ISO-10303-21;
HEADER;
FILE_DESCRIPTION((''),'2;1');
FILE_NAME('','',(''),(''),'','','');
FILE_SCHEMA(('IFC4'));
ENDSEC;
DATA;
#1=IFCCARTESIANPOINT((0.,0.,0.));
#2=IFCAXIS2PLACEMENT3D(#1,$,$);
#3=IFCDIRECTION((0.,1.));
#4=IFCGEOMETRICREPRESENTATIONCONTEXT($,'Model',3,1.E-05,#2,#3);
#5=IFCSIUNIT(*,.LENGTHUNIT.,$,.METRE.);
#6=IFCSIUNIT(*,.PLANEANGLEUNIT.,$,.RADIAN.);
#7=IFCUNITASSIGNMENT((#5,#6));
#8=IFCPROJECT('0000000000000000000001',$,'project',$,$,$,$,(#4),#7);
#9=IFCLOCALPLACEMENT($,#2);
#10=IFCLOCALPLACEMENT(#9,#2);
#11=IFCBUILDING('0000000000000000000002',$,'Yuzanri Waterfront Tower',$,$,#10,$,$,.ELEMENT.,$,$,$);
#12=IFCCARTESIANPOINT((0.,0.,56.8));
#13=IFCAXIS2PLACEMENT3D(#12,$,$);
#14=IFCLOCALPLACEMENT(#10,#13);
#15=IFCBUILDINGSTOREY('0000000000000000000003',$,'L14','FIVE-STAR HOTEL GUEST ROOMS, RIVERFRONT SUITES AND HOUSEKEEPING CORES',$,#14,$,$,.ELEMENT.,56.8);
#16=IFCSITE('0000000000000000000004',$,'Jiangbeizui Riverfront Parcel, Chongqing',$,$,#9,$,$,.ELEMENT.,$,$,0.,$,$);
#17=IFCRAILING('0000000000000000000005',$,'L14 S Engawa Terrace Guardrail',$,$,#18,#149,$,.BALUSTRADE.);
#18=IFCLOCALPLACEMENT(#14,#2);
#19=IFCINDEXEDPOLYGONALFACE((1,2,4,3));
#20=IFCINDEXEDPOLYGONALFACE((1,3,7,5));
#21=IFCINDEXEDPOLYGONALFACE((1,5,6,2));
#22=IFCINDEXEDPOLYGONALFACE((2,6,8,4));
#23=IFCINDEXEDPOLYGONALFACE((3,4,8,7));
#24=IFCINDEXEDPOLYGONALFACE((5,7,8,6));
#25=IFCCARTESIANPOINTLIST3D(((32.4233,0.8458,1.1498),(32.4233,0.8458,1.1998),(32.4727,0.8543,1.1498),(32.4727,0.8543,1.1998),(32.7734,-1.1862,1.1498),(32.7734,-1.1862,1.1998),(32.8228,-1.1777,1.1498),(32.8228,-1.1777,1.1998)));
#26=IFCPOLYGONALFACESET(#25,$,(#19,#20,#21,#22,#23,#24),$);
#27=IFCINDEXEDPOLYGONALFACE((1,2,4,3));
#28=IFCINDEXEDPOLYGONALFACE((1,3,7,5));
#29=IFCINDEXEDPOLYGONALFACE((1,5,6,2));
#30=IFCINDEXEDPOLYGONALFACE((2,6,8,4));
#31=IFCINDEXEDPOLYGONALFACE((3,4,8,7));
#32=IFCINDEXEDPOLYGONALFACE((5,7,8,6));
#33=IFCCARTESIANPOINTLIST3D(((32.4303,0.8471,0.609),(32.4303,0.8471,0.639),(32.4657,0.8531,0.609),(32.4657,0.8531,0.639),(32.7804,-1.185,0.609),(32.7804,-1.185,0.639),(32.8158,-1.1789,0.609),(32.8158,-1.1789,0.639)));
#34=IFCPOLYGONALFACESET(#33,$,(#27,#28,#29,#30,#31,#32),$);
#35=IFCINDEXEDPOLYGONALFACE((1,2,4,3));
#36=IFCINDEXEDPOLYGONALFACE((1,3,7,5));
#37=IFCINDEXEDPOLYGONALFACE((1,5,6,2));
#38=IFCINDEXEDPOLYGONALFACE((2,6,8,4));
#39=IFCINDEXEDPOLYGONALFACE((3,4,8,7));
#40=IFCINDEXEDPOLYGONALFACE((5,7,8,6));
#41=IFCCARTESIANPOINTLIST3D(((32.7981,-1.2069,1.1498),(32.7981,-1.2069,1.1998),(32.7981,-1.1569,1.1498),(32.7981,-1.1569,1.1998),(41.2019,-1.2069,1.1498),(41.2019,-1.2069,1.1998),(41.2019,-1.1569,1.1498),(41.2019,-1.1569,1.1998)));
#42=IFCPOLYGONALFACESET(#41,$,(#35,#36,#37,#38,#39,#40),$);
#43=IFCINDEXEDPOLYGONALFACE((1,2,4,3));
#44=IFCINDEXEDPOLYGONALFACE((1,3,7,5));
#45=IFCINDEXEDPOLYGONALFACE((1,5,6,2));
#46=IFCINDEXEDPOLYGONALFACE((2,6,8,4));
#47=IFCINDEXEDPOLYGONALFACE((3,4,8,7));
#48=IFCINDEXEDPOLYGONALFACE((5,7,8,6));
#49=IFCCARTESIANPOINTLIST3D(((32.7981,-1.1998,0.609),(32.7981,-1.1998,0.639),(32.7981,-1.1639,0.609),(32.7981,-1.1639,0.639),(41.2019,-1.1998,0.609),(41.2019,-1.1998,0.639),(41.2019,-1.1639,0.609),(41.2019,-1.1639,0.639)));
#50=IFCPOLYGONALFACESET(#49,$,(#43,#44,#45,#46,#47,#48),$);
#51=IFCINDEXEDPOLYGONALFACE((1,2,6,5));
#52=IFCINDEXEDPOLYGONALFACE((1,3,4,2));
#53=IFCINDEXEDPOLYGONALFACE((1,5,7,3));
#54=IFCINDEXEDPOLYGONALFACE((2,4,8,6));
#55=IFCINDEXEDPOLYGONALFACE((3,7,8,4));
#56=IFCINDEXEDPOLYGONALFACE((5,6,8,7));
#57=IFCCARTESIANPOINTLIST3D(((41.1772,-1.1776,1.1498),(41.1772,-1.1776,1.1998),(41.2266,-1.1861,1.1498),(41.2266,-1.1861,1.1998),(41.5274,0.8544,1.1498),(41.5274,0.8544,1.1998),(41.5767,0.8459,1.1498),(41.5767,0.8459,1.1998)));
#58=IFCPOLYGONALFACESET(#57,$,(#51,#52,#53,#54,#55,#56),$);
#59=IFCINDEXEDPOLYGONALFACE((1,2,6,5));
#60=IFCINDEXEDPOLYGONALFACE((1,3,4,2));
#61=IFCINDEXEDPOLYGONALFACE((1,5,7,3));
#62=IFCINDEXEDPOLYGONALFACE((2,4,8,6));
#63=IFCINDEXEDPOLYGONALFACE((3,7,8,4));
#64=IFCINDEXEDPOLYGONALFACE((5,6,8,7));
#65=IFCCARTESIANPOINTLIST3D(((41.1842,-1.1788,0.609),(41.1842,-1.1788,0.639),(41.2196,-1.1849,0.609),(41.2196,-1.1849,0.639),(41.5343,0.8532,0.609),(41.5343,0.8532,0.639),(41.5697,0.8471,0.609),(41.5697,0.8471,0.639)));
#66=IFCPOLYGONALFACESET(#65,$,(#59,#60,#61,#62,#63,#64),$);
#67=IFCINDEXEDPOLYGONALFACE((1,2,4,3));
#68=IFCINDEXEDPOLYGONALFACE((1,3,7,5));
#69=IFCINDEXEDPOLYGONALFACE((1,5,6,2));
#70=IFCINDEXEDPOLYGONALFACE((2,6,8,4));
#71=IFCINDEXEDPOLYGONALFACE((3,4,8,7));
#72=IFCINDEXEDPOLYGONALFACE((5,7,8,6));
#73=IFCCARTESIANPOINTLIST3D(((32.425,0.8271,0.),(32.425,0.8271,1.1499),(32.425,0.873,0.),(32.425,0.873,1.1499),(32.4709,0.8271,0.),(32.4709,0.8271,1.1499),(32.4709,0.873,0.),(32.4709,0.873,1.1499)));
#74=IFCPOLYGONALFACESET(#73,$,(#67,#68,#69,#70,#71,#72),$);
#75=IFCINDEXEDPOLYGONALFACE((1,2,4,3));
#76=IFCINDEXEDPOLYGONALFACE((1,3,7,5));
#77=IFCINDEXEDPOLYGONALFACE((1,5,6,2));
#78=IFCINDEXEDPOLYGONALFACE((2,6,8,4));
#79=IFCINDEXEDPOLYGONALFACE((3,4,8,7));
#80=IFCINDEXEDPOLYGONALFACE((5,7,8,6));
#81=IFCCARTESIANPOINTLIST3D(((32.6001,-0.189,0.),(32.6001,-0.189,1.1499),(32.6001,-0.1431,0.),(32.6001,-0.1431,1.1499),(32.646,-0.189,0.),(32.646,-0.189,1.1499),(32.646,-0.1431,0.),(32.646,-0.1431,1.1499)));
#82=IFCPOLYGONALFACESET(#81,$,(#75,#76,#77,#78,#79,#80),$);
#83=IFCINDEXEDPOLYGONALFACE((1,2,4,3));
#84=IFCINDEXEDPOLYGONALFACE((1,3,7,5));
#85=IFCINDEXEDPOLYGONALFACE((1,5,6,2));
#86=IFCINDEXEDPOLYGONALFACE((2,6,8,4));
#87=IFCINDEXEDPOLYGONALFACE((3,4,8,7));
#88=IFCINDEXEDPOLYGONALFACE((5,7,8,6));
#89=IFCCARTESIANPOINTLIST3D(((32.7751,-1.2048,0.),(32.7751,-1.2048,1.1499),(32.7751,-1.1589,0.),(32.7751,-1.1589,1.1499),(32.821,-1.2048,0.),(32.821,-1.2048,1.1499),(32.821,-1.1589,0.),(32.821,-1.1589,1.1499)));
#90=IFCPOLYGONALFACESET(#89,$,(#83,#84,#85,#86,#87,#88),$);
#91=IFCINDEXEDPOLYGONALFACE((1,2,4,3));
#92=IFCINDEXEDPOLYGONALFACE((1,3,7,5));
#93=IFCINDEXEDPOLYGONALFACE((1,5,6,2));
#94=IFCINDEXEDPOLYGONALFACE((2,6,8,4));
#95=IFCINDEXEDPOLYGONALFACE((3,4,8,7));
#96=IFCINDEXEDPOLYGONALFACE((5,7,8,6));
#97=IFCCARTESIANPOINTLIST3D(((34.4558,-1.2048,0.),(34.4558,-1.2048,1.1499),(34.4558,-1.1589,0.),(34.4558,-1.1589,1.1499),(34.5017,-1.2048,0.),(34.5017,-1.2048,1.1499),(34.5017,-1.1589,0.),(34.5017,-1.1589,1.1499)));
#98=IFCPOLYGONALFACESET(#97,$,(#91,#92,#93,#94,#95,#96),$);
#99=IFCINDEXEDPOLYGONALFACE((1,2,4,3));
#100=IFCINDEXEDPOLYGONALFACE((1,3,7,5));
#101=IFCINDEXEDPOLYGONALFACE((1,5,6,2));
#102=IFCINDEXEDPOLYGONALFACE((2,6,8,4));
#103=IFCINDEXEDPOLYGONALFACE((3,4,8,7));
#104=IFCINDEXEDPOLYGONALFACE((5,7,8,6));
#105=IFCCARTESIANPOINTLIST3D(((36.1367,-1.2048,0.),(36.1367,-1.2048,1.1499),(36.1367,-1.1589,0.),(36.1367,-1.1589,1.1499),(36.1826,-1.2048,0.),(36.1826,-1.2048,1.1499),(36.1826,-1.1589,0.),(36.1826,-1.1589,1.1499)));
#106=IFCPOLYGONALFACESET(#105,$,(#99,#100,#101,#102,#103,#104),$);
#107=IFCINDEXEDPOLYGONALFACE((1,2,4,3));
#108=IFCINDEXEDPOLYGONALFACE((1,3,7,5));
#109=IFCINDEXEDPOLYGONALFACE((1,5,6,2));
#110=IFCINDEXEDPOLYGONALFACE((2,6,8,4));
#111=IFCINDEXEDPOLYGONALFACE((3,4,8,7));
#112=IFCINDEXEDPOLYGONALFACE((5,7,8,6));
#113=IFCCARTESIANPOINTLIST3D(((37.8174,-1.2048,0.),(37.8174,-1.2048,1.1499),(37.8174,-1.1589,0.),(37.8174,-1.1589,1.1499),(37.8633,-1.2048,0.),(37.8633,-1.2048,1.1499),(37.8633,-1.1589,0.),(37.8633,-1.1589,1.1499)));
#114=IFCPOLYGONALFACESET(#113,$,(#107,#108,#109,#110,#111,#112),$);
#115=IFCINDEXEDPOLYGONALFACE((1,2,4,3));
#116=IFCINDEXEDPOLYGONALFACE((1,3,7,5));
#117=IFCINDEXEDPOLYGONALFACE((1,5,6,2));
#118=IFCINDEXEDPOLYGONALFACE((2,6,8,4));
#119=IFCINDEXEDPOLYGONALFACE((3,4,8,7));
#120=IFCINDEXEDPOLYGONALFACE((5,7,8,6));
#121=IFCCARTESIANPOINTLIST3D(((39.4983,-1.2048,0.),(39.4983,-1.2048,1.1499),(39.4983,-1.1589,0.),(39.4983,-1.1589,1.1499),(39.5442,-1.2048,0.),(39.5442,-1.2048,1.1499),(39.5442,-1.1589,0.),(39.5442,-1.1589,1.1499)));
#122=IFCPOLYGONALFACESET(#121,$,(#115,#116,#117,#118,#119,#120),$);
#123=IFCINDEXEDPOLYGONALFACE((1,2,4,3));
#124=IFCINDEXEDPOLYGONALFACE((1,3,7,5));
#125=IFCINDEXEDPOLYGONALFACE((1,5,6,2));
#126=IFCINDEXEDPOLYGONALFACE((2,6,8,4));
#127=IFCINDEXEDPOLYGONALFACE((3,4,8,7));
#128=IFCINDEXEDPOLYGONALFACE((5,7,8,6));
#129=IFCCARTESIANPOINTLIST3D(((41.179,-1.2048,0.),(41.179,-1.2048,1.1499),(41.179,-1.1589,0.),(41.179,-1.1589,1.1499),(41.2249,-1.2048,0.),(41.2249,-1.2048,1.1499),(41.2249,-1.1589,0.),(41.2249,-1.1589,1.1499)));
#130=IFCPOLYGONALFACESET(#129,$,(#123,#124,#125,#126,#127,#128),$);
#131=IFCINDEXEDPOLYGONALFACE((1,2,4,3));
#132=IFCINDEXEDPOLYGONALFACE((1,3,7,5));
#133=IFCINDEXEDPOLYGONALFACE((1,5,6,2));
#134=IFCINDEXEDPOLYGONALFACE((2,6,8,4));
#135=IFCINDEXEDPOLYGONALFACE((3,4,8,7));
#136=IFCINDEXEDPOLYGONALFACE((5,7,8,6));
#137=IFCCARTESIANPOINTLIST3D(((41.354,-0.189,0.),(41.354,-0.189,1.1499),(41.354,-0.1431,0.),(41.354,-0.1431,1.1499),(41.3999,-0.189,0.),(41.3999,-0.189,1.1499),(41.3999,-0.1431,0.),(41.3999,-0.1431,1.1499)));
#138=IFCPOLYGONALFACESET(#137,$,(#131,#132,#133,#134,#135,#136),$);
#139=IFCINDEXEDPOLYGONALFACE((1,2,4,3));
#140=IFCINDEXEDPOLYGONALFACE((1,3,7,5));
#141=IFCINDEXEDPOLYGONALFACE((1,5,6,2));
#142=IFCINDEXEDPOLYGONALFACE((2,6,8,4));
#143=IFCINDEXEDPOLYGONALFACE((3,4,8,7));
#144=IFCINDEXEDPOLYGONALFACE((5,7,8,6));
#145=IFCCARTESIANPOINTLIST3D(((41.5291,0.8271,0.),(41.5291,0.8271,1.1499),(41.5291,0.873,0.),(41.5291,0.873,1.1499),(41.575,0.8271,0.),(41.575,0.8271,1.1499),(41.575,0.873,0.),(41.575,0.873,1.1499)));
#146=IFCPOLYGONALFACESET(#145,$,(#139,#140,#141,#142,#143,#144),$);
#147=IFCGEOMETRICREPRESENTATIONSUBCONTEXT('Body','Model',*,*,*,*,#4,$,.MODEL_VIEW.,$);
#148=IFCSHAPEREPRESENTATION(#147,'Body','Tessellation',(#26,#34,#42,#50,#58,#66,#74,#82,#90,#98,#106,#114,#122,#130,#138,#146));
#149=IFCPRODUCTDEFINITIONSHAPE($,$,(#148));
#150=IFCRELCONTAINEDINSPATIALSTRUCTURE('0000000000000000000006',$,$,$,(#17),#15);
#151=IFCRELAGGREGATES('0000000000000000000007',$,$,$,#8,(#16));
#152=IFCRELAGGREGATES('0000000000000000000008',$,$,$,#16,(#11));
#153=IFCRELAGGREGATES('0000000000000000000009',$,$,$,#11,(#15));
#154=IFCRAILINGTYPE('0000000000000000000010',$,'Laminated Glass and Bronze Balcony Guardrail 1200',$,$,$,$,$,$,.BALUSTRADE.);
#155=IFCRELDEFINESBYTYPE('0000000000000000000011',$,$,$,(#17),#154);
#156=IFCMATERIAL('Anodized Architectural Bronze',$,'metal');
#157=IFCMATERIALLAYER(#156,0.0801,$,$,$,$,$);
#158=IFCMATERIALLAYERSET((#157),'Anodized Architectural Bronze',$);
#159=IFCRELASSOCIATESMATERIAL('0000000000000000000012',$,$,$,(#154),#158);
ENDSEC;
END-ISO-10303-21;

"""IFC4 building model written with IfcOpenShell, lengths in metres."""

from ifc_helpers import new_model, si_unit, direction, frame, origin, origin_2d, place, context, subcontext, project, spatial, rectangle, extrude, source, transform, mapped, material, layer, layer_set, type_object, element, save


model = new_model("IFC4")

# Units and contexts
model_context = context("Model", 3, precision=1e-05, world=origin(), true_north=direction((0.0, 1.0)))
body_context = subcontext(model_context, "Body", "Model", "MODEL_VIEW")
ifc_project = project(units=[si_unit("LENGTHUNIT", "METRE"), si_unit("PLANEANGLEUNIT", "RADIAN")], contexts=[model_context])

# Site, building, storey
site_placement = place(None, origin())
site = spatial("IfcSite", under=ifc_project, at=site_placement, Name="Jiangbeizui Riverfront Parcel, Chongqing", CompositionType="ELEMENT", RefElevation=0.0)
building_placement = place(site_placement, origin())
building = spatial("IfcBuilding", under=site, at=building_placement, Name="Yuzanri Waterfront Tower", CompositionType="ELEMENT")
storey_placement = place(building_placement, frame((0.0, 0.0, 56.8)))
storey = spatial("IfcBuildingStorey", under=building, at=storey_placement, Name="L14", Description="FIVE-STAR HOTEL GUEST ROOMS, RIVERFRONT SUITES AND HOUSEKEEPING CORES", CompositionType="ELEMENT", Elevation=56.8)

# Railing
ifc_material_1 = material(Name="Anodized Architectural Bronze", Category="metal")
ifc_layer_1 = layer(ifc_material_1, 0.0801)
ifc_layer_set_1 = layer_set([ifc_layer_1], Name="Anodized Architectural Bronze")
railing_type = type_object("IfcRailingType", Name="Laminated Glass and Bronze Balcony Guardrail 1200", PredefinedType="BALUSTRADE", material=ifc_layer_set_1)
shared_shape_1 = source(origin(), body_context, "Body", "SweptSolid", [
    extrude(rectangle(XDim=0.05, YDim=0.05, at=origin_2d()), frame((0.0, 0.0, 1.1748), z_axis=(0.169792, -0.98548, 0.0), x_axis=(0.98548, 0.169792, 0.0)), (0.0, 0.0, 1.0), 2.062),
    extrude(rectangle(XDim=0.0359, YDim=0.03, at=origin_2d()), frame((0.0, 0.0, 0.624), z_axis=(0.169792, -0.98548, 0.0), x_axis=(0.98548, 0.169792, 0.0)), (0.0, 0.0, 1.0), 2.062),
    extrude(rectangle(XDim=0.05, YDim=0.05, at=origin_2d()), frame((0.3501, -2.032, 1.1748), z_axis=(1.0, 0.0, 0.0), x_axis=(0.0, 1.0, 0.0)), (0.0, 0.0, 1.0), 8.4038),
    extrude(rectangle(XDim=0.0359, YDim=0.03, at=origin_2d()), frame((0.3501, -2.032, 0.624), z_axis=(1.0, 0.0, 0.0), x_axis=(0.0, 1.0, 0.0)), (0.0, 0.0, 1.0), 8.4038),
    extrude(rectangle(XDim=0.05, YDim=0.05, at=origin_2d()), frame((8.7539, -2.032, 1.1748), z_axis=(0.169792, 0.98548, 0.0), x_axis=(-0.98548, 0.169792, 0.0)), (0.0, 0.0, 1.0), 2.062),
    extrude(rectangle(XDim=0.0359, YDim=0.03, at=origin_2d()), frame((8.7539, -2.032, 0.624), z_axis=(0.169792, 0.98548, 0.0), x_axis=(-0.98548, 0.169792, 0.0)), (0.0, 0.0, 1.0), 2.062),
    extrude(rectangle(XDim=0.0459, YDim=0.0459, at=origin_2d()), origin(), (0.0, 0.0, 1.0), 1.1499),
    extrude(rectangle(XDim=0.0459, YDim=0.0459, at=origin_2d()), frame((0.175, -1.0161, 0.0)), (0.0, 0.0, 1.0), 1.1499),
    extrude(rectangle(XDim=0.0459, YDim=0.0459, at=origin_2d()), frame((0.3501, -2.032, 0.0)), (0.0, 0.0, 1.0), 1.1499),
    extrude(rectangle(XDim=0.0459, YDim=0.0459, at=origin_2d()), frame((2.0308, -2.032, 0.0)), (0.0, 0.0, 1.0), 1.1499),
    extrude(rectangle(XDim=0.0459, YDim=0.0459, at=origin_2d()), frame((3.7117, -2.032, 0.0)), (0.0, 0.0, 1.0), 1.1499),
    extrude(rectangle(XDim=0.0459, YDim=0.0459, at=origin_2d()), frame((5.3923, -2.032, 0.0)), (0.0, 0.0, 1.0), 1.1499),
    extrude(rectangle(XDim=0.0459, YDim=0.0459, at=origin_2d()), frame((7.0732, -2.032, 0.0)), (0.0, 0.0, 1.0), 1.1499),
    extrude(rectangle(XDim=0.0459, YDim=0.0459, at=origin_2d()), frame((8.7539, -2.032, 0.0)), (0.0, 0.0, 1.0), 1.1499),
    extrude(rectangle(XDim=0.0459, YDim=0.0459, at=origin_2d()), frame((8.929, -1.0161, 0.0)), (0.0, 0.0, 1.0), 1.1499),
    extrude(rectangle(XDim=0.0459, YDim=0.0459, at=origin_2d()), frame((9.104, 0.0, 0.0)), (0.0, 0.0, 1.0), 1.1499),
])
railing_placement = place(storey_placement, frame((32.448, 0.8501, 0.0)))
element("IfcRailing", 1, at=railing_placement, inside=storey, type_object=railing_type, Name="L14 S Engawa Terrace Guardrail", PredefinedType="BALUSTRADE", context=body_context, shape_type="MappedRepresentation", body=[
    mapped(shared_shape_1, transform((0.0, 0.0, 0.0), scale=1.0)),
])

save(model, "model.ifc")
